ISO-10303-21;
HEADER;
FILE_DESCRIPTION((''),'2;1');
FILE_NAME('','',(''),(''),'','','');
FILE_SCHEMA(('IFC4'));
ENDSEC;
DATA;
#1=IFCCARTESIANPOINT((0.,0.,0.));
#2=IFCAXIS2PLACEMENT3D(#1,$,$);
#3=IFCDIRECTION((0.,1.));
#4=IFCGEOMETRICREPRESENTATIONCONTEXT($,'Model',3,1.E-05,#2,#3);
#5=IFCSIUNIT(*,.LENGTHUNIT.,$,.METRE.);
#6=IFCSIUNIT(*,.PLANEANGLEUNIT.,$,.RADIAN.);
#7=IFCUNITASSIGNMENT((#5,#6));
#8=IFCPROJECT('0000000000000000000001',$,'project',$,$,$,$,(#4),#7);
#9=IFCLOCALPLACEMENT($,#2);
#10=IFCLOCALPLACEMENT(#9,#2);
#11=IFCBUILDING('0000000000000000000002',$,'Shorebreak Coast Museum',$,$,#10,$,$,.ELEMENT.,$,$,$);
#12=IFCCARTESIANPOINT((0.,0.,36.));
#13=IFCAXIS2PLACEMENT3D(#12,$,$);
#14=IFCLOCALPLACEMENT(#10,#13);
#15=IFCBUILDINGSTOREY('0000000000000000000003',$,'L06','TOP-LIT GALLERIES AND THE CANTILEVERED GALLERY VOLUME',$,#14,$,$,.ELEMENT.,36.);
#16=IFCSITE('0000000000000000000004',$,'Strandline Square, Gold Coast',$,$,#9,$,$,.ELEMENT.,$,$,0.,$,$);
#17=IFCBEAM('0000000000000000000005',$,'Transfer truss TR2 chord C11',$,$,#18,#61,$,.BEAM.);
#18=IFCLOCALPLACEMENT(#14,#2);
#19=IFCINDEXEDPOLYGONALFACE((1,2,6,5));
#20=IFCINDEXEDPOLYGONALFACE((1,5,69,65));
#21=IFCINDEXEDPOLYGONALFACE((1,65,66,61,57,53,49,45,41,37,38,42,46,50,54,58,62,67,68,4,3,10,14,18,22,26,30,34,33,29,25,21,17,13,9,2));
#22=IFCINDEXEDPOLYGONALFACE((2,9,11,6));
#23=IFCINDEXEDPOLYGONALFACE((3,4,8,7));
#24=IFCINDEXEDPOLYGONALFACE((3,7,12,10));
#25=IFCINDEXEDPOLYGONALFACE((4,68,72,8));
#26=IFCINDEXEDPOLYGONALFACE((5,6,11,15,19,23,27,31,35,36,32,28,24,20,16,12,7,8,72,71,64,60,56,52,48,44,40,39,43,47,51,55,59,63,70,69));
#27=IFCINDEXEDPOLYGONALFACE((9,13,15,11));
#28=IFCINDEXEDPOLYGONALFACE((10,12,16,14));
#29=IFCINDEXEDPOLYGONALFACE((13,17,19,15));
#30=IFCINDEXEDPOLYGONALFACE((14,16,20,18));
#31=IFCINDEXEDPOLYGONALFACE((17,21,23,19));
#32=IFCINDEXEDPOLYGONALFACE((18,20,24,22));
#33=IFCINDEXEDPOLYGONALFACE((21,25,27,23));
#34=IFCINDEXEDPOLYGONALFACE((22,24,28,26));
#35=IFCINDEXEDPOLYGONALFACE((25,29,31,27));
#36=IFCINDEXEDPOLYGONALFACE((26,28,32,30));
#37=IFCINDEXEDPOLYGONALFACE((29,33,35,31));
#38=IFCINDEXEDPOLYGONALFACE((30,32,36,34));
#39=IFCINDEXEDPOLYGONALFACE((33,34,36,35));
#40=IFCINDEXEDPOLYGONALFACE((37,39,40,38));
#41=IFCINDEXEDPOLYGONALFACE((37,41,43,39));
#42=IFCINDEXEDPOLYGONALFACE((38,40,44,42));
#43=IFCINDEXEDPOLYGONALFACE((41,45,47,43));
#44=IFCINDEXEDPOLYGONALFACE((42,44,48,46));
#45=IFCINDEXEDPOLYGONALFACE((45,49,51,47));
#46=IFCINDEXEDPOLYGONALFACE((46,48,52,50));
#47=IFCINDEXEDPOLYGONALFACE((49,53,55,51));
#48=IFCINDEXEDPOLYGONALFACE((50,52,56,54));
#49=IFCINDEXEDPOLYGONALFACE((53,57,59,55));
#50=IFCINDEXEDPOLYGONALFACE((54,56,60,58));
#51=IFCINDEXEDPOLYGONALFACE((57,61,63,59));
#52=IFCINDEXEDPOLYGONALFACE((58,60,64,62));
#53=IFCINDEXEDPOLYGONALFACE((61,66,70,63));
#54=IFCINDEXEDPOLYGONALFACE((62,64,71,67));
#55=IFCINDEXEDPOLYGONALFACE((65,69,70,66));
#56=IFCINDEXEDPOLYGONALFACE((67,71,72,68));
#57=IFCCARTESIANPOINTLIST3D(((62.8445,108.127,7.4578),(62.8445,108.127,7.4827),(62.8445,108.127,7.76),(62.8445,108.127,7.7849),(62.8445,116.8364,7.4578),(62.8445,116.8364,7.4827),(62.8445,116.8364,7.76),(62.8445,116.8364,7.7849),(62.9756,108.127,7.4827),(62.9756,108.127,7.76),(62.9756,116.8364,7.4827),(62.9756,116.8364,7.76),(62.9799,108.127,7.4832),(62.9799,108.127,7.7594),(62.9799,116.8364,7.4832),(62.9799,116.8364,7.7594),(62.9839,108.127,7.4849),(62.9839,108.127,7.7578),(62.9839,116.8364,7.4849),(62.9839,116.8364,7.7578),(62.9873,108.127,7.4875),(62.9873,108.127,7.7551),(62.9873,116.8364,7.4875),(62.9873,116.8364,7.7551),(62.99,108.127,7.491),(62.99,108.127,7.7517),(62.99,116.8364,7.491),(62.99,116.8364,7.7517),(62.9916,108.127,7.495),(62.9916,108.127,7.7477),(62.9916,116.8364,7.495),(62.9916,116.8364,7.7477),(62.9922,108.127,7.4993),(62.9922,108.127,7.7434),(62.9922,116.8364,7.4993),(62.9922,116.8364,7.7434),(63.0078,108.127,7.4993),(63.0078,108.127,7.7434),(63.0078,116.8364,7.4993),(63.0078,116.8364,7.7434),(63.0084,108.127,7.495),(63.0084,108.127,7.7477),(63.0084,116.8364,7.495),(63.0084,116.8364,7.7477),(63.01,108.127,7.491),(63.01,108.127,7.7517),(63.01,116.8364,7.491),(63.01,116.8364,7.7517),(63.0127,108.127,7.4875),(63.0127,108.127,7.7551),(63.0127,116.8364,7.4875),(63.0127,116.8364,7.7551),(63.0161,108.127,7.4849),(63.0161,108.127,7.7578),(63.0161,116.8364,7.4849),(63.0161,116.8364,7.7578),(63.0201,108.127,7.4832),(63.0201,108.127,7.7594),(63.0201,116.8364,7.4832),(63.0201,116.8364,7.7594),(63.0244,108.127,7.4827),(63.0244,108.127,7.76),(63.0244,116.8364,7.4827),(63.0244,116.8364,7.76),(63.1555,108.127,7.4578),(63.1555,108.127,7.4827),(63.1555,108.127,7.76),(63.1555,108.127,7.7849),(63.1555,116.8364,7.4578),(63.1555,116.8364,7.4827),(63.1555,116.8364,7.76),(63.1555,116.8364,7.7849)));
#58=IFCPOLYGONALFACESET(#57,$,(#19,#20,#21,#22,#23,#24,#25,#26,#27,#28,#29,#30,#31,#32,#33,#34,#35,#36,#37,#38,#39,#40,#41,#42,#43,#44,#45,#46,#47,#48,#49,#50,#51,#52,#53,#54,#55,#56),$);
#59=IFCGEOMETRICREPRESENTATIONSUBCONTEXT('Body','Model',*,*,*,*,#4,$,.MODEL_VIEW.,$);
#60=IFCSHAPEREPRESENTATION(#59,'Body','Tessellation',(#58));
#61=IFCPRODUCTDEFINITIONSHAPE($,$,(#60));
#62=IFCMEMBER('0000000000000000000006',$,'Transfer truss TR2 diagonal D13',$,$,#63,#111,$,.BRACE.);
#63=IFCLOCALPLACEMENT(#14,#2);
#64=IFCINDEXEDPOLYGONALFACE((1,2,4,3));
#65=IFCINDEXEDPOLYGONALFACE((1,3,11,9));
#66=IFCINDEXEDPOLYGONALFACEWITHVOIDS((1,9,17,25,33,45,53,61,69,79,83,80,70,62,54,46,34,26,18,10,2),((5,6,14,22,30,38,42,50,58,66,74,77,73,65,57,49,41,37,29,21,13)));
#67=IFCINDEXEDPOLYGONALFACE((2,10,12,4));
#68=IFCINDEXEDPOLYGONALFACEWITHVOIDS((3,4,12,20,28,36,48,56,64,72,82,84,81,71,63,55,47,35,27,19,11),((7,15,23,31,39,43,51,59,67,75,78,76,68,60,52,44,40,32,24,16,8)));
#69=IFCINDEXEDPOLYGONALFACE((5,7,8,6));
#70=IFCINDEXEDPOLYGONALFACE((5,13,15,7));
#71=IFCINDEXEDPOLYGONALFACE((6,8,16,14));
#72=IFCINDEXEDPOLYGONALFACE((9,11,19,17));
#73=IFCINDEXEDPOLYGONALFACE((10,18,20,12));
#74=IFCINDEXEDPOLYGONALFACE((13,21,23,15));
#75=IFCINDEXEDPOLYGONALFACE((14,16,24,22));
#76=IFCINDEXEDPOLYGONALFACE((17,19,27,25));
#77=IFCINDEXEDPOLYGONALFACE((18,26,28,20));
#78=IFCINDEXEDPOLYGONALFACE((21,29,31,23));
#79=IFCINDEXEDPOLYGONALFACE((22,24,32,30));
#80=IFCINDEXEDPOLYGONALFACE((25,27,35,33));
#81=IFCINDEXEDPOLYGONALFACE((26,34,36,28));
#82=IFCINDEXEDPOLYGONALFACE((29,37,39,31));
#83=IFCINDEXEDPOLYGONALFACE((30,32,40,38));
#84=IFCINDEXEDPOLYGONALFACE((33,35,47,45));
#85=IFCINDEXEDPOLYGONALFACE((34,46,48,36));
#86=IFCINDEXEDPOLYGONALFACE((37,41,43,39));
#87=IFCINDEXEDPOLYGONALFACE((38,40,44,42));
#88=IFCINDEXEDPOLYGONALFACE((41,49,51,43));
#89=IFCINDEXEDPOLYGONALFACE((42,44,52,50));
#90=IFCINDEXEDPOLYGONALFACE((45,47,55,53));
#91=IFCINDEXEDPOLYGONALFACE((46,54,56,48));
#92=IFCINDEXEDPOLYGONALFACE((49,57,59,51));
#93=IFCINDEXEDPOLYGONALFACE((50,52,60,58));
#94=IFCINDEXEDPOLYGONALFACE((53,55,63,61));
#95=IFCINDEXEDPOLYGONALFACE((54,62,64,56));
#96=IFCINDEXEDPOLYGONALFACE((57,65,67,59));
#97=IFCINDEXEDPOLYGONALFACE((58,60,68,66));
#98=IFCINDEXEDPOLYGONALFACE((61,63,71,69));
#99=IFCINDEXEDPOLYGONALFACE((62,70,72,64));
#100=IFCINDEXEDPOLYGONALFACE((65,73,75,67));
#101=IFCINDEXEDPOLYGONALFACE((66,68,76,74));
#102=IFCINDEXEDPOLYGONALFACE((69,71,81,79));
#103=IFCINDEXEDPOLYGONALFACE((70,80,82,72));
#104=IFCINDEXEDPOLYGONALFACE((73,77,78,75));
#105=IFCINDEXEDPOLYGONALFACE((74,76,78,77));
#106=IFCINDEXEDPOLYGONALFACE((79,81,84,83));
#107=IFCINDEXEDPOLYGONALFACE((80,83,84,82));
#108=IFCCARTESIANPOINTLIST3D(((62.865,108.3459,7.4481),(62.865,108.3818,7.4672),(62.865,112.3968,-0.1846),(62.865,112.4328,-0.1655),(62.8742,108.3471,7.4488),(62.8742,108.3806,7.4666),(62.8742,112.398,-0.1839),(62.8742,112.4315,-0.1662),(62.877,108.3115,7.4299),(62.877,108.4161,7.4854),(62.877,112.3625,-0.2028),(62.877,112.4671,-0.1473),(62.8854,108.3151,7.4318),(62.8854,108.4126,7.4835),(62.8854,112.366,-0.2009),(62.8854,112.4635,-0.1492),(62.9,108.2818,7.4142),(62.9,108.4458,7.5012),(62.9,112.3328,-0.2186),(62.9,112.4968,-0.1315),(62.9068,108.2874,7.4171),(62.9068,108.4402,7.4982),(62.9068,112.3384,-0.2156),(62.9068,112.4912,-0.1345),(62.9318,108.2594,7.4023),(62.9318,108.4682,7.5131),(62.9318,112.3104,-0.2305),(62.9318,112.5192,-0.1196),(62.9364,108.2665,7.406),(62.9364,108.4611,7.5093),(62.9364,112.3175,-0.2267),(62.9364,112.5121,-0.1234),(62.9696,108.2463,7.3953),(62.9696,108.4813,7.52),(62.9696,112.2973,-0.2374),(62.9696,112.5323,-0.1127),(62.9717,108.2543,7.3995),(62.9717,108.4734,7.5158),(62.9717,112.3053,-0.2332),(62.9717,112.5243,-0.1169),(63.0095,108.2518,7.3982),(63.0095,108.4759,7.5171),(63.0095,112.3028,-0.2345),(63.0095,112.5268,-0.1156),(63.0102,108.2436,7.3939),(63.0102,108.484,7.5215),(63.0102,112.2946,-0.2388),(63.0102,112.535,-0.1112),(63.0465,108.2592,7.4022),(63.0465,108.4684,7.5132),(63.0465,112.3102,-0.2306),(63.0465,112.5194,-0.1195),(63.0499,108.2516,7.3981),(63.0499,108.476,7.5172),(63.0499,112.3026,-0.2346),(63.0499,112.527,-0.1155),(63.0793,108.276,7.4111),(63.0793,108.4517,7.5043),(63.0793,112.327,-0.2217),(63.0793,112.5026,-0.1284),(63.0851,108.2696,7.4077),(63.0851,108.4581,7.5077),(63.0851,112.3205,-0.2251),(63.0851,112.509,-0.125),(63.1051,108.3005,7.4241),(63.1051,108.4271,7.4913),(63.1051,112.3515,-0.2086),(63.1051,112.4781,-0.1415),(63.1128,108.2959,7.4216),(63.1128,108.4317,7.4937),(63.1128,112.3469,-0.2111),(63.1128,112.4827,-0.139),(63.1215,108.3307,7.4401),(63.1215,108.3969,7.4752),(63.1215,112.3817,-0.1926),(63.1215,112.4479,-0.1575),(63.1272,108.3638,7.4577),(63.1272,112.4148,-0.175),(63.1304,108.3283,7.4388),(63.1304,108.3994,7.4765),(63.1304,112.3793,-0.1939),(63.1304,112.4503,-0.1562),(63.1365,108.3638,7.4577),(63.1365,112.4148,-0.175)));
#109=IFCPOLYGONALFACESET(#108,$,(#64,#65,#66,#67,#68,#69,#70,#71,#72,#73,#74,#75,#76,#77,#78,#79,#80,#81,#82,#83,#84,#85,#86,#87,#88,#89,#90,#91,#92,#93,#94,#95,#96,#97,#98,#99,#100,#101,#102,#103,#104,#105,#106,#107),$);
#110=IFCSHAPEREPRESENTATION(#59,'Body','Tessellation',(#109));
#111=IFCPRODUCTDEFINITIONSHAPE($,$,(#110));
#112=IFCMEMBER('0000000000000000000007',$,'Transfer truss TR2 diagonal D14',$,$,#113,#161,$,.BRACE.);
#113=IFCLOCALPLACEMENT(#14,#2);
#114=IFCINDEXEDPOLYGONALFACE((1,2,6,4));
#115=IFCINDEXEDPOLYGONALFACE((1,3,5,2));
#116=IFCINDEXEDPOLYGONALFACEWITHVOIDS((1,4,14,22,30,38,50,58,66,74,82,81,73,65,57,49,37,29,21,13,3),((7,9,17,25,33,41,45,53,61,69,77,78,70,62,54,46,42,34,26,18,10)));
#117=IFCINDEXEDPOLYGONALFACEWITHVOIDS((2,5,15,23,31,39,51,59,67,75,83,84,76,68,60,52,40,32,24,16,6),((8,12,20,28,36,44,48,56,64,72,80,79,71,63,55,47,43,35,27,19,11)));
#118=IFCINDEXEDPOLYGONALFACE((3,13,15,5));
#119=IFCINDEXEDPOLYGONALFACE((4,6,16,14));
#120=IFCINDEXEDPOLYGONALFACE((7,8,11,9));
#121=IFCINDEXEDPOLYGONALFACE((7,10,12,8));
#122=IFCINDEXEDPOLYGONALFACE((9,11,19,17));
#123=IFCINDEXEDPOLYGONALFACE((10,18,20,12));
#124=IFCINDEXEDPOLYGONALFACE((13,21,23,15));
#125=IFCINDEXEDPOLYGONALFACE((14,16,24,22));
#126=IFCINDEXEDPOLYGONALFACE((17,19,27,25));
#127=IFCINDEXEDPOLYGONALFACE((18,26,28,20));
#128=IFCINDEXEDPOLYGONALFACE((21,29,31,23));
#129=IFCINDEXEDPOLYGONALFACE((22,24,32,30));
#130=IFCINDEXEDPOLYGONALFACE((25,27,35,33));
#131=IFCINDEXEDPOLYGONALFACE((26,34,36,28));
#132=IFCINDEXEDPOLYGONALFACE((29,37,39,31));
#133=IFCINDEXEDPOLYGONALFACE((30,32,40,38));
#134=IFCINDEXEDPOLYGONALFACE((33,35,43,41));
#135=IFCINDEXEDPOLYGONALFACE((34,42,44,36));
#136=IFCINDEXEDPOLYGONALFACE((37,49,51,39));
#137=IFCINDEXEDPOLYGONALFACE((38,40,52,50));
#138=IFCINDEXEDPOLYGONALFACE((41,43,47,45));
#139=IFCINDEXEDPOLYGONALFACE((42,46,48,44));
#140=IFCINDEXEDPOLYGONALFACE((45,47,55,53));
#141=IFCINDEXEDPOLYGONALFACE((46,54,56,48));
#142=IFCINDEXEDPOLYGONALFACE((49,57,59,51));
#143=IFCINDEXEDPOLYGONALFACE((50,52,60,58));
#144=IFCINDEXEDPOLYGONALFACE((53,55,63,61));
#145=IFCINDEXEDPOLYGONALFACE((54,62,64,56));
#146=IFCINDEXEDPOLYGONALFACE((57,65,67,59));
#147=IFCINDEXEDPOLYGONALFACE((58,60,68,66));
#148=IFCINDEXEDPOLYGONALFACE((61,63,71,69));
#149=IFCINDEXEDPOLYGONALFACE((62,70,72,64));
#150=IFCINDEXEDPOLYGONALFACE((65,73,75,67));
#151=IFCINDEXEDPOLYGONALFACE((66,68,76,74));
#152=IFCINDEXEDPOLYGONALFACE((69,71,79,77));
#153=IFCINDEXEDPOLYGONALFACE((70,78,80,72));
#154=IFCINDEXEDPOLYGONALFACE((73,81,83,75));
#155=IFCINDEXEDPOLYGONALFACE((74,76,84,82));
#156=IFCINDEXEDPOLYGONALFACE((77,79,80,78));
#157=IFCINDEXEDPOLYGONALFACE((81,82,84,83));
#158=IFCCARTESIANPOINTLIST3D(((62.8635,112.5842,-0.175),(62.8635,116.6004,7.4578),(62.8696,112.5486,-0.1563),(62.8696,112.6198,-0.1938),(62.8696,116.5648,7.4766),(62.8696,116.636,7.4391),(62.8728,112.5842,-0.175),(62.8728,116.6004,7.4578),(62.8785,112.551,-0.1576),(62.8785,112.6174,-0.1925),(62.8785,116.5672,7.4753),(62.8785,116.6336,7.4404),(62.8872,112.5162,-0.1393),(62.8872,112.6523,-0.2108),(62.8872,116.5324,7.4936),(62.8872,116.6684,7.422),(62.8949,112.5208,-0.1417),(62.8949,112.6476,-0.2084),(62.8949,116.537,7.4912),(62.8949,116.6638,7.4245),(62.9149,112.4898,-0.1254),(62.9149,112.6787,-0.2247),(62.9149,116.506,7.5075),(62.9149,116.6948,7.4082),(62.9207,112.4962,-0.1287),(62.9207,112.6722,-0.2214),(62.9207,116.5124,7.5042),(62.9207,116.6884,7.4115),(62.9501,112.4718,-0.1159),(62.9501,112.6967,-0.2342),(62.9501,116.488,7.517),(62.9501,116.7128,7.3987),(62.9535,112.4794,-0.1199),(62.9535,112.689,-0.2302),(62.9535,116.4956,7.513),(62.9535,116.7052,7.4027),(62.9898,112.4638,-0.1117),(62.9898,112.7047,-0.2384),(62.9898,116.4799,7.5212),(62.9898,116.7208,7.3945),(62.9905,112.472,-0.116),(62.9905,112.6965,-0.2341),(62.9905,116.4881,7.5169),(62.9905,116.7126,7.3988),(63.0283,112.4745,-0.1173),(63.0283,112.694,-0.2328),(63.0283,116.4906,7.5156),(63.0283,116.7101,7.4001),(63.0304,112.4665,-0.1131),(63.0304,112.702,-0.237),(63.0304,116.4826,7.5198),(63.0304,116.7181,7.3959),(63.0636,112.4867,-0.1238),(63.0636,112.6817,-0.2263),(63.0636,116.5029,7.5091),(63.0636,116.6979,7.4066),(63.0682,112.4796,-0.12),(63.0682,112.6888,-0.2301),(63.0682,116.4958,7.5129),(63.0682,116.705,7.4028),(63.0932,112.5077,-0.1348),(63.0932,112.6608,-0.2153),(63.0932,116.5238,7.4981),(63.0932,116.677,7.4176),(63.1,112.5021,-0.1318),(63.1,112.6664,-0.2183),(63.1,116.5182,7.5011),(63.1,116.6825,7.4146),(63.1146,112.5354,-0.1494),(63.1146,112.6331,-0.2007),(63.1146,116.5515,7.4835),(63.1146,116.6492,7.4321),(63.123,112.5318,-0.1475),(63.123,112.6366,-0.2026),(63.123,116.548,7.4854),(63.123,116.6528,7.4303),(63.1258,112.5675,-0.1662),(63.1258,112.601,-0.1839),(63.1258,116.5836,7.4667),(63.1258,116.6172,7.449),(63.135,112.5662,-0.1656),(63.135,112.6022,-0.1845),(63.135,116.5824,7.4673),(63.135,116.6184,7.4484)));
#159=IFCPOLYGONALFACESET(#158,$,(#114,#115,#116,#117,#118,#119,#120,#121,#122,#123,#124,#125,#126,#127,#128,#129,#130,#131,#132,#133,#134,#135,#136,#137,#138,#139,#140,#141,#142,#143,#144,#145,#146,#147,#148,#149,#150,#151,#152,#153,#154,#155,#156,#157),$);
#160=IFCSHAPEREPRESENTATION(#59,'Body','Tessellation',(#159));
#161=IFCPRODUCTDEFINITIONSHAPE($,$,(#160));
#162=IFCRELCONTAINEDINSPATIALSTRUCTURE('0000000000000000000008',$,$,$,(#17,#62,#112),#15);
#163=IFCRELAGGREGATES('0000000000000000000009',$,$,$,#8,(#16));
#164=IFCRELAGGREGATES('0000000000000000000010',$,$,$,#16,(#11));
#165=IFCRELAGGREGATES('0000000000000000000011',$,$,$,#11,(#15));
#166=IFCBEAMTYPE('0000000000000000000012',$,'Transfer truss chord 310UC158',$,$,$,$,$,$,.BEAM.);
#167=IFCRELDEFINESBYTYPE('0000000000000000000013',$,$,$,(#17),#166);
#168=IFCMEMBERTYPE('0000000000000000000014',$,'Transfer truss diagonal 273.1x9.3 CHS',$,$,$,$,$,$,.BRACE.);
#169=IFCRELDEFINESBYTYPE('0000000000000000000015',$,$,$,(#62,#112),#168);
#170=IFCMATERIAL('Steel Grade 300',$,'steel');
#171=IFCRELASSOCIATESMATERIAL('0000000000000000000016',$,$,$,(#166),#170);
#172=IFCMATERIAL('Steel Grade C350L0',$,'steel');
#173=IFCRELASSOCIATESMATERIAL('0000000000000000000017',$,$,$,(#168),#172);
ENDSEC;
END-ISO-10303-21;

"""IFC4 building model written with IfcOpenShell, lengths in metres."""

from ifc_helpers import new_model, si_unit, direction, frame, origin, origin_2d, place, context, subcontext, project, spatial, hollow_circle, i_section, extrude, material, material_profile, profile_set, type_object, element, save


model = new_model("IFC4")

# Units and contexts
model_context = context("Model", 3, precision=1e-05, world=origin(), true_north=direction((0.0, 1.0)))
body_context = subcontext(model_context, "Body", "Model", "MODEL_VIEW")
ifc_project = project(units=[si_unit("LENGTHUNIT", "METRE"), si_unit("PLANEANGLEUNIT", "RADIAN")], contexts=[model_context])

# Site, building, storey
site_placement = place(None, origin())
site = spatial("IfcSite", under=ifc_project, at=site_placement, Name="Strandline Square, Gold Coast", CompositionType="ELEMENT", RefElevation=0.0)
building_placement = place(site_placement, origin())
building = spatial("IfcBuilding", under=site, at=building_placement, Name="Shorebreak Coast Museum", CompositionType="ELEMENT")
storey_placement = place(building_placement, frame((0.0, 0.0, 36.0)))
storey = spatial("IfcBuildingStorey", under=building, at=storey_placement, Name="L06", Description="TOP-LIT GALLERIES AND THE CANTILEVERED GALLERY VOLUME", CompositionType="ELEMENT", Elevation=36.0)

# Beam
ifc_material_1 = material(Name="Steel Grade 300", Category="steel")
ifc_material_profile_1 = material_profile(ifc_material_1, i_section(OverallWidth=0.311, OverallDepth=0.3271, WebThickness=0.0156, FlangeThickness=0.0249, FilletRadius=0.0166, at=origin_2d()), Name="310UC158")
ifc_profile_set_1 = profile_set([ifc_material_profile_1], Name="Steel Grade 300")
beam_type_1 = type_object("IfcBeamType", Name="Transfer truss chord 310UC158", PredefinedType="BEAM", material=ifc_profile_set_1)
beam_1_placement = place(storey_placement, frame((63.0, 108.127, 7.6213), z_axis=(0.0, 1.0, 0.0), x_axis=(-1.0, 0.0, 0.0)))
element("IfcBeam", 1, at=beam_1_placement, inside=storey, type_object=beam_type_1, Name="Transfer truss TR2 chord C11", PredefinedType="BEAM", context=body_context, shape_type="SweptSolid", body=[
    extrude(i_section(OverallWidth=0.311, OverallDepth=0.3271, WebThickness=0.0156, FlangeThickness=0.0249, FilletRadius=0.0166, at=origin_2d()), origin(), (0.0, 0.0, 1.0), 8.7095),
])

# Members
ifc_material_2 = material(Name="Steel Grade C350L0", Category="steel")
ifc_material_profile_2 = material_profile(ifc_material_2, hollow_circle(Radius=0.1365, WallThickness=0.0093, at=origin_2d()), Name="273.1x9.3 CHS")
ifc_profile_set_2 = profile_set([ifc_material_profile_2], Name="Steel Grade C350L0")
member_type_1 = type_object("IfcMemberType", Name="Transfer truss diagonal 273.1x9.3 CHS", PredefinedType="BRACE", material=ifc_profile_set_2)
member_1_placement = place(storey_placement, frame((63.0, 112.4148, -0.175), z_axis=(0.0, -0.468803, 0.883303), x_axis=(1.0, 0.0, 0.0)))
element("IfcMember", 2, at=member_1_placement, inside=storey, type_object=member_type_1, Name="Transfer truss TR2 diagonal D13", PredefinedType="BRACE", context=body_context, shape_type="SweptSolid", body=[
    extrude(hollow_circle(Radius=0.1365, WallThickness=0.0093, at=origin_2d()), origin(), (0.0, 0.0, 1.0), 8.6411),
])
member_2_placement = place(storey_placement, frame((63.0, 112.5842, -0.175), z_axis=(0.0, 0.465641, 0.884973), x_axis=(-1.0, 0.0, 0.0)))
element("IfcMember", 3, at=member_2_placement, inside=storey, type_object=member_type_1, Name="Transfer truss TR2 diagonal D14", PredefinedType="BRACE", context=body_context, shape_type="SweptSolid", body=[
    extrude(hollow_circle(Radius=0.1365, WallThickness=0.0093, at=origin_2d()), origin(), (0.0, 0.0, 1.0), 8.625),
])

save(model, "model.ifc")
